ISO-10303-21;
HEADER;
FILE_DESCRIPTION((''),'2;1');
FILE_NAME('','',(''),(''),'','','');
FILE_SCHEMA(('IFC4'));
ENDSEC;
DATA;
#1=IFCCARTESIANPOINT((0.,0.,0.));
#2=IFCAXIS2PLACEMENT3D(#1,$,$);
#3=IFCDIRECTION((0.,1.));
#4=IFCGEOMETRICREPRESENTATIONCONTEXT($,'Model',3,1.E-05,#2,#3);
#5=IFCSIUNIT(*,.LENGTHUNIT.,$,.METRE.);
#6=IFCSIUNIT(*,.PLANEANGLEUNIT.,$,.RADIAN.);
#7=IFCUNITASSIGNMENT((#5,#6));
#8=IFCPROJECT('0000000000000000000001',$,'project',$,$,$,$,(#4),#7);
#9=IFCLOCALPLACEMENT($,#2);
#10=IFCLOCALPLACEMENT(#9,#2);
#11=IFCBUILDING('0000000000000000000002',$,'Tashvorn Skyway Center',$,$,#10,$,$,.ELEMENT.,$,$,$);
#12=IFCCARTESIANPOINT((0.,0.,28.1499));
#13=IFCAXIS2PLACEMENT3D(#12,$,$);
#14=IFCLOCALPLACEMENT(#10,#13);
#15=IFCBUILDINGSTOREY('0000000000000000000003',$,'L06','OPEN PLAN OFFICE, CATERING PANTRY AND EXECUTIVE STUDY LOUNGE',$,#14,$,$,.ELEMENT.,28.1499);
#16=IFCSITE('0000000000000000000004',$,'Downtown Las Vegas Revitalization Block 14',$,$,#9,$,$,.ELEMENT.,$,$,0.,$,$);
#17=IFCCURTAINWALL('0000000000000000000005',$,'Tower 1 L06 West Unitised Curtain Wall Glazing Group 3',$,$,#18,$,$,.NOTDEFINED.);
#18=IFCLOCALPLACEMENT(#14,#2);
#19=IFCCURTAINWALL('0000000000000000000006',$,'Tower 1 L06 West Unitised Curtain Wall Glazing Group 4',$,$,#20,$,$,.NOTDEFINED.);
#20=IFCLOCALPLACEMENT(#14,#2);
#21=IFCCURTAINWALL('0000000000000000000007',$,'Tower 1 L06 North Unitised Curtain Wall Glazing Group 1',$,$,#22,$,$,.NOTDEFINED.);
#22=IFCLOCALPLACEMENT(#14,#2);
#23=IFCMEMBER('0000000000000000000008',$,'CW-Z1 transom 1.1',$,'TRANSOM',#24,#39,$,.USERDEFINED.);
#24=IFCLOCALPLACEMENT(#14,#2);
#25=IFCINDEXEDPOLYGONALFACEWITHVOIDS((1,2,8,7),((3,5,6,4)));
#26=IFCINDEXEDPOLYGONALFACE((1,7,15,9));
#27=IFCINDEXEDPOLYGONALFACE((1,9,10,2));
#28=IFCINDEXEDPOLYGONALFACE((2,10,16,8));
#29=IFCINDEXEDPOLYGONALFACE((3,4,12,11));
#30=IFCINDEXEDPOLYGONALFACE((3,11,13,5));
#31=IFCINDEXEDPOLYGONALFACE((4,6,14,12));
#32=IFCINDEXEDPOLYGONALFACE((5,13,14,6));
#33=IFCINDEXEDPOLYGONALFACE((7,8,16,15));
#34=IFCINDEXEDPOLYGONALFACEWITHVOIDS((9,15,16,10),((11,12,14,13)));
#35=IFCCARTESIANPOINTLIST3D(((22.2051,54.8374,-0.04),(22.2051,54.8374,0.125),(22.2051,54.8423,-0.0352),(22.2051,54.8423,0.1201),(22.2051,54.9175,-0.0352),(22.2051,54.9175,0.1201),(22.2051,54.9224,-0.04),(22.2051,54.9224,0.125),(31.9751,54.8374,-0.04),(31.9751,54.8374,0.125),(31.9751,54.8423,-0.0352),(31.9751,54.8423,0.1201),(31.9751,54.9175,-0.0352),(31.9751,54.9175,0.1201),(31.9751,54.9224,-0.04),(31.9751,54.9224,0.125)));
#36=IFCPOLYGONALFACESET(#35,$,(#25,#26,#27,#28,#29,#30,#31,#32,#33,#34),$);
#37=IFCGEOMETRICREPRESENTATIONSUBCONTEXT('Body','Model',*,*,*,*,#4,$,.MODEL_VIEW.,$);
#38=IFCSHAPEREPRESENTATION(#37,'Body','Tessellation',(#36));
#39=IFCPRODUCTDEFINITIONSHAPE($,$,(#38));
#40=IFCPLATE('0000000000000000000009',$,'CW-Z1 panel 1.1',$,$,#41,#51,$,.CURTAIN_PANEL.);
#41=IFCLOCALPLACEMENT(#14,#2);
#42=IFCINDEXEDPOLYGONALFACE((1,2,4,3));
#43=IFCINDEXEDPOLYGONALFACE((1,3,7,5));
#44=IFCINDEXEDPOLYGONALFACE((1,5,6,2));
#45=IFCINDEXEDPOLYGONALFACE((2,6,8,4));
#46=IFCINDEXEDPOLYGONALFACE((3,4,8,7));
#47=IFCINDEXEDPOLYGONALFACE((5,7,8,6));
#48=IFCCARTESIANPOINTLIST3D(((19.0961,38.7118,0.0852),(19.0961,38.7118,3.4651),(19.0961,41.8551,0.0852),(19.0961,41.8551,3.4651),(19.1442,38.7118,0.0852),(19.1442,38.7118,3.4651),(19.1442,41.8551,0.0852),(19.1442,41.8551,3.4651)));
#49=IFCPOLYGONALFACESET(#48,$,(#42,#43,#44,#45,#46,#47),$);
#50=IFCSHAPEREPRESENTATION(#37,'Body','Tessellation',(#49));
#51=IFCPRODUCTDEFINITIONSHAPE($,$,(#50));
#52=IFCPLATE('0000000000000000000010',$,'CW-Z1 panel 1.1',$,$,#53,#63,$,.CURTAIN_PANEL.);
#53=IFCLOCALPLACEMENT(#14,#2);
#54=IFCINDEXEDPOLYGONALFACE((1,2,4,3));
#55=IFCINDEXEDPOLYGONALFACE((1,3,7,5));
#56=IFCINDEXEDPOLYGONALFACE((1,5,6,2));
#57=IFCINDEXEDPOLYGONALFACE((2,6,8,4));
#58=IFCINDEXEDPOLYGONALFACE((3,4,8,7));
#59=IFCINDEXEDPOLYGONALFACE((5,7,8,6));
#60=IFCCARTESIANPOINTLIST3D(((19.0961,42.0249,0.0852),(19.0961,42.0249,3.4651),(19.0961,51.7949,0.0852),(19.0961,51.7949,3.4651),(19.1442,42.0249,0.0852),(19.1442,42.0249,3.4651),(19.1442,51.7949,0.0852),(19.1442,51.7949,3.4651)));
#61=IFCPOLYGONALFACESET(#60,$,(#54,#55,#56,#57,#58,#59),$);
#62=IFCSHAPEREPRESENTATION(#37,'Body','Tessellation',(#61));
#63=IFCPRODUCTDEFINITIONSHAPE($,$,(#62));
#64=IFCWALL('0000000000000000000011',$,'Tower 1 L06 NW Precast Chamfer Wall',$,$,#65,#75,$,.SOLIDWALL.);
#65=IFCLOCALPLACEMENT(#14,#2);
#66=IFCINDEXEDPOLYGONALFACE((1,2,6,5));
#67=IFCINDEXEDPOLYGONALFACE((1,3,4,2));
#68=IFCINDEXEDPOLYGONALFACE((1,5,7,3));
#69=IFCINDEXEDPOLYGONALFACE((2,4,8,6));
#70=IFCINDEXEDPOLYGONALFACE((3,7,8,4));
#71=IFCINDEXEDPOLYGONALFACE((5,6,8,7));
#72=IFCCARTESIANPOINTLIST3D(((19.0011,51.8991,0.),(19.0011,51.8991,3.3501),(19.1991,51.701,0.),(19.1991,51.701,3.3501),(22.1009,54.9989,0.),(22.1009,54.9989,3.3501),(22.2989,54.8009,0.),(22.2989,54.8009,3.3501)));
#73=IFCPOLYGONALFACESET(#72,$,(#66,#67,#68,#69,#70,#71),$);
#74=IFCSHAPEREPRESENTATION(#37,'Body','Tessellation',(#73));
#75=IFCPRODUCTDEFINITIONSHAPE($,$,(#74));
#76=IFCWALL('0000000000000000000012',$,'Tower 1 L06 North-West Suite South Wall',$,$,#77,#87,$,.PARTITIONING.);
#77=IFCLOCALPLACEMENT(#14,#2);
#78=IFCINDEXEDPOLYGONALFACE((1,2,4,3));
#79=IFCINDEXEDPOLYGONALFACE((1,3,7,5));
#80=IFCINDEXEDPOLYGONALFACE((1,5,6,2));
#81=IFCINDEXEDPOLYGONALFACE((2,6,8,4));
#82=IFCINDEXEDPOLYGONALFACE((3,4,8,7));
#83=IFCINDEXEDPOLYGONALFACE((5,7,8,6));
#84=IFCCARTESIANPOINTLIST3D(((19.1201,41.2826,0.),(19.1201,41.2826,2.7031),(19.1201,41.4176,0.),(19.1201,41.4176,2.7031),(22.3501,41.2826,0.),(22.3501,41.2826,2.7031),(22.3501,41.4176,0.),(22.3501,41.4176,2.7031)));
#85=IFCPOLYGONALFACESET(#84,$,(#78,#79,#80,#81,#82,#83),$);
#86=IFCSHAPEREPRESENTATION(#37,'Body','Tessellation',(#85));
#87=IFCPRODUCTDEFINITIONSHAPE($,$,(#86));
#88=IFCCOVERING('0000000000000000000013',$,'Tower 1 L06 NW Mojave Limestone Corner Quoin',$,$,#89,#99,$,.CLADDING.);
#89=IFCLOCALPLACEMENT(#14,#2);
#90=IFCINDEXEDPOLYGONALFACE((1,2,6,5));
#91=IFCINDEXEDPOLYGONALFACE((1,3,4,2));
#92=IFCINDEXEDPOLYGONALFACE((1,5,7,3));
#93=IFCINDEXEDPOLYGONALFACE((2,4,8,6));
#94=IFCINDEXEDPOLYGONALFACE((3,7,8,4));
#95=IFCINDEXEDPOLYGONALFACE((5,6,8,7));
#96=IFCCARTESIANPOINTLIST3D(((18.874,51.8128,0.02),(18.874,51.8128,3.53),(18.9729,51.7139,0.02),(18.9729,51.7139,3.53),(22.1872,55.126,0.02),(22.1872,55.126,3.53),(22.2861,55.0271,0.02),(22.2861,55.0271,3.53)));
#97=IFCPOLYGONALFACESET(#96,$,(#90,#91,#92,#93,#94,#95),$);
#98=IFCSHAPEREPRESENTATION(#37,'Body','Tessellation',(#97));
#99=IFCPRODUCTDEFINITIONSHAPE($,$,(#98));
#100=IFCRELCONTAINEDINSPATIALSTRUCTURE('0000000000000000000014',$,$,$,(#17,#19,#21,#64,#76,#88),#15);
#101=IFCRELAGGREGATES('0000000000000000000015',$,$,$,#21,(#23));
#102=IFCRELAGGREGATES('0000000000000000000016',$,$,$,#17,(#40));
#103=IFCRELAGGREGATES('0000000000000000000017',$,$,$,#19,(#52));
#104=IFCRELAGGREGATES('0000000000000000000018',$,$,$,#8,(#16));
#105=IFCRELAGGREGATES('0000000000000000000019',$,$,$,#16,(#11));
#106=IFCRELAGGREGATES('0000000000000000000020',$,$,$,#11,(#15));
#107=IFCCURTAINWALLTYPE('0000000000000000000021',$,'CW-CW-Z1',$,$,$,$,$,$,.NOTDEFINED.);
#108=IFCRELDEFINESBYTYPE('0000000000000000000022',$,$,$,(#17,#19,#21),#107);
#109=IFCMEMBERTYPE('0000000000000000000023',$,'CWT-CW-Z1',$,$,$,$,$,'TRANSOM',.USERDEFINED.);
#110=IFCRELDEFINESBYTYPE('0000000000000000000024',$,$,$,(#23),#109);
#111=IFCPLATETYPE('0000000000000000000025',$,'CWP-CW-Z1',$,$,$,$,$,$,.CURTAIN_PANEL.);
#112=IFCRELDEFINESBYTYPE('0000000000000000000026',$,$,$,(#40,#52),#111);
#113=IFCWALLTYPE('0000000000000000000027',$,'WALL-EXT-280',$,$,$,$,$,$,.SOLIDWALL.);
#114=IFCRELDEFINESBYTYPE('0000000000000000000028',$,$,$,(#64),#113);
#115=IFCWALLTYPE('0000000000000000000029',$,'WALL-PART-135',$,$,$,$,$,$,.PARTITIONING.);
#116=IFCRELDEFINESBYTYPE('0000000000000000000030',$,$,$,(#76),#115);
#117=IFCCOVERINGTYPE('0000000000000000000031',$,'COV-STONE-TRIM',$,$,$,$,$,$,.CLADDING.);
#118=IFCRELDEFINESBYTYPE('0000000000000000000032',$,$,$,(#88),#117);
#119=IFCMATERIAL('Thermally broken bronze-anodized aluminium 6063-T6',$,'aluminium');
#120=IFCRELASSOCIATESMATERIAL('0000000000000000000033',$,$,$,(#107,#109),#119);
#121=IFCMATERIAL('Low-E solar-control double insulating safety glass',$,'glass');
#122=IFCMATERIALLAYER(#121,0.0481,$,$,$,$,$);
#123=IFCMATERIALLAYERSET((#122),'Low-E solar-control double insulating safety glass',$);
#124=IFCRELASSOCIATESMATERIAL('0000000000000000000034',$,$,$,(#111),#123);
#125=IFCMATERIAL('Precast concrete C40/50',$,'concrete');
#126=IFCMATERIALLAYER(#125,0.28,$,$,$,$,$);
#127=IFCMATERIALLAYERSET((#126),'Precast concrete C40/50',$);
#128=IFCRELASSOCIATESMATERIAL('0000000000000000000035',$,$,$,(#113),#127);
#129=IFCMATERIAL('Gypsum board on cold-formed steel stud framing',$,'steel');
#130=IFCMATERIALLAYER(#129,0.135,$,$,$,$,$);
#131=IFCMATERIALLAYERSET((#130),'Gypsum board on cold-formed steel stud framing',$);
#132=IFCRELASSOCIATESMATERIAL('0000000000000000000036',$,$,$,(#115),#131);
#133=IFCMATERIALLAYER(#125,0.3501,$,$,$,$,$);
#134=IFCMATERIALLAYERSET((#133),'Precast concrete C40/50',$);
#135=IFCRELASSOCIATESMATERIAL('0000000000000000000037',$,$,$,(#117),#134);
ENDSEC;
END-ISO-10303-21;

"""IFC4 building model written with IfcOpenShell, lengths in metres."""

from ifc_helpers import new_model, si_unit, direction, frame, frame_2d, origin, origin_2d, place, context, subcontext, project, spatial, rectangle, hollow_rectangle, extrude, material, layer, layer_set, material_profile, profile_set, type_object, element, aggregate, save


model = new_model("IFC4")

# Units and contexts
model_context = context("Model", 3, precision=1e-05, world=origin(), true_north=direction((0.0, 1.0)))
body_context = subcontext(model_context, "Body", "Model", "MODEL_VIEW")
ifc_project = project(units=[si_unit("LENGTHUNIT", "METRE"), si_unit("PLANEANGLEUNIT", "RADIAN")], contexts=[model_context])

# Site, building, storey
site_placement = place(None, origin())
site = spatial("IfcSite", under=ifc_project, at=site_placement, Name="Downtown Las Vegas Revitalization Block 14", CompositionType="ELEMENT", RefElevation=0.0)
building_placement = place(site_placement, origin())
building = spatial("IfcBuilding", under=site, at=building_placement, Name="Tashvorn Skyway Center", CompositionType="ELEMENT")
storey_placement = place(building_placement, frame((0.0, 0.0, 28.1499)))
storey = spatial("IfcBuildingStorey", under=building, at=storey_placement, Name="L06", Description="OPEN PLAN OFFICE, CATERING PANTRY AND EXECUTIVE STUDY LOUNGE", CompositionType="ELEMENT", Elevation=28.1499)

# Curtain wall
ifc_material_1 = material(Name="Thermally broken bronze-anodized aluminium 6063-T6", Category="aluminium")
curtain_wall_type = type_object("IfcCurtainWallType", Name="CW-CW-Z1", PredefinedType="NOTDEFINED", material=ifc_material_1)
curtain_wall_1_placement = place(storey_placement, origin())
curtain_wall_1 = element("IfcCurtainWall", 1, at=curtain_wall_1_placement, inside=storey, type_object=curtain_wall_type, Name="Tower 1 L06 West Unitised Curtain Wall Glazing Group 3", PredefinedType="NOTDEFINED")

# Curtain wall
curtain_wall_2_placement = place(storey_placement, origin())
curtain_wall_2 = element("IfcCurtainWall", 2, at=curtain_wall_2_placement, inside=storey, type_object=curtain_wall_type, Name="Tower 1 L06 West Unitised Curtain Wall Glazing Group 4", PredefinedType="NOTDEFINED")

# Curtain wall
curtain_wall_3_placement = place(storey_placement, origin())
curtain_wall_3 = element("IfcCurtainWall", 3, at=curtain_wall_3_placement, inside=storey, type_object=curtain_wall_type, Name="Tower 1 L06 North Unitised Curtain Wall Glazing Group 1", PredefinedType="NOTDEFINED")

# Member
ifc_material_profile_1 = material_profile(ifc_material_1, hollow_rectangle(XDim=0.085, YDim=0.165, WallThickness=0.0049, at=origin_2d()), Name="ALU-TRAN-85x165")
ifc_profile_set_1 = profile_set([ifc_material_profile_1], Name="Thermally broken bronze-anodized aluminium 6063-T6")
member_type_1 = type_object("IfcMemberType", Name="CWT-CW-Z1", ElementType="TRANSOM", PredefinedType="USERDEFINED", material=ifc_profile_set_1)
member_1_placement = place(storey_placement, frame((22.2051, 54.8799, 0.0425), z_axis=(1.0, 0.0, 0.0), x_axis=(0.0, 1.0, 0.0)))
member_1 = element("IfcMember", 4, at=member_1_placement, type_object=member_type_1, Name="CW-Z1 transom 1.1", ObjectType="TRANSOM", PredefinedType="USERDEFINED", context=body_context, shape_type="SweptSolid", body=[
    extrude(hollow_rectangle(XDim=0.085, YDim=0.165, WallThickness=0.0049, at=origin_2d()), origin(), (0.0, 0.0, 1.0), 9.77),
])
aggregate(curtain_wall_3, [member_1])

# Plates
ifc_material_2 = material(Name="Low-E solar-control double insulating safety glass", Category="glass")
ifc_layer_1 = layer(ifc_material_2, 0.0481)
ifc_layer_set_1 = layer_set([ifc_layer_1], Name="Low-E solar-control double insulating safety glass")
plate_type = type_object("IfcPlateType", Name="CWP-CW-Z1", PredefinedType="CURTAIN_PANEL", material=ifc_layer_set_1)
plate_1_placement = place(storey_placement, frame((19.1201, 40.2834, 0.0852), z_axis=(0.0, 0.0, 1.0), x_axis=(0.0, 1.0, 0.0)))
plate_1 = element("IfcPlate", 5, at=plate_1_placement, type_object=plate_type, Name="CW-Z1 panel 1.1", PredefinedType="CURTAIN_PANEL", context=body_context, shape_type="SweptSolid", body=[
    extrude(rectangle(XDim=3.1433, YDim=0.0481, at=origin_2d()), origin(), (0.0, 0.0, 1.0), 3.3799),
])
aggregate(curtain_wall_1, [plate_1])
plate_2_placement = place(storey_placement, frame((19.1201, 46.9099, 0.0852), z_axis=(0.0, 0.0, 1.0), x_axis=(0.0, 1.0, 0.0)))
plate_2 = element("IfcPlate", 6, at=plate_2_placement, type_object=plate_type, Name="CW-Z1 panel 1.1", PredefinedType="CURTAIN_PANEL", context=body_context, shape_type="SweptSolid", body=[
    extrude(rectangle(XDim=9.77, YDim=0.0481, at=origin_2d()), origin(), (0.0, 0.0, 1.0), 3.3799),
])
aggregate(curtain_wall_2, [plate_2])

# Walls
ifc_material_3 = material(Name="Precast concrete C40/50", Category="concrete")
ifc_layer_2 = layer(ifc_material_3, 0.28)
ifc_layer_set_2 = layer_set([ifc_layer_2], Name="Precast concrete C40/50")
wall_type_1 = type_object("IfcWallType", Name="WALL-EXT-280", PredefinedType="SOLIDWALL", material=ifc_layer_set_2)
wall_1_placement = place(storey_placement, frame((19.1001, 51.8, 0.0), z_axis=(0.0, 0.0, 1.0), x_axis=(0.707107, 0.707107, 0.0)))
element("IfcWall", 7, at=wall_1_placement, inside=storey, type_object=wall_type_1, Name="Tower 1 L06 NW Precast Chamfer Wall", PredefinedType="SOLIDWALL", context=body_context, shape_type="SweptSolid", body=[
    extrude(rectangle(XDim=4.3838, YDim=0.28, at=frame_2d((2.1919, 0.0))), origin(), (0.0, 0.0, 1.0), 3.3501),
])
ifc_material_4 = material(Name="Gypsum board on cold-formed steel stud framing", Category="steel")
ifc_layer_3 = layer(ifc_material_4, 0.135)
ifc_layer_set_3 = layer_set([ifc_layer_3], Name="Gypsum board on cold-formed steel stud framing")
wall_type_2 = type_object("IfcWallType", Name="WALL-PART-135", PredefinedType="PARTITIONING", material=ifc_layer_set_3)
wall_2_placement = place(storey_placement, frame((19.1201, 41.3501, 0.0), z_axis=(0.0, 0.0, 1.0), x_axis=(1.0, 0.0, 0.0)))
element("IfcWall", 8, at=wall_2_placement, inside=storey, type_object=wall_type_2, Name="Tower 1 L06 North-West Suite South Wall", PredefinedType="PARTITIONING", context=body_context, shape_type="SweptSolid", body=[
    extrude(rectangle(XDim=3.23, YDim=0.135, at=frame_2d((1.615, 0.0))), origin(), (0.0, 0.0, 1.0), 2.7031),
])

# Covering
ifc_layer_4 = layer(ifc_material_3, 0.3501)
ifc_layer_set_4 = layer_set([ifc_layer_4], Name="Precast concrete C40/50")
covering_type = type_object("IfcCoveringType", Name="COV-STONE-TRIM", PredefinedType="CLADDING", material=ifc_layer_set_4)
covering_placement = place(storey_placement, frame((20.5801, 53.4199, 0.02), z_axis=(0.0, 0.0, 1.0), x_axis=(-0.707107, -0.707107, 0.0)))
element("IfcCovering", 9, at=covering_placement, inside=storey, type_object=covering_type, Name="Tower 1 L06 NW Mojave Limestone Corner Quoin", PredefinedType="CLADDING", context=body_context, shape_type="SweptSolid", body=[
    extrude(rectangle(XDim=4.6855, YDim=0.1399, at=origin_2d()), origin(), (0.0, 0.0, 1.0), 3.51),
])

save(model, "model.ifc")
